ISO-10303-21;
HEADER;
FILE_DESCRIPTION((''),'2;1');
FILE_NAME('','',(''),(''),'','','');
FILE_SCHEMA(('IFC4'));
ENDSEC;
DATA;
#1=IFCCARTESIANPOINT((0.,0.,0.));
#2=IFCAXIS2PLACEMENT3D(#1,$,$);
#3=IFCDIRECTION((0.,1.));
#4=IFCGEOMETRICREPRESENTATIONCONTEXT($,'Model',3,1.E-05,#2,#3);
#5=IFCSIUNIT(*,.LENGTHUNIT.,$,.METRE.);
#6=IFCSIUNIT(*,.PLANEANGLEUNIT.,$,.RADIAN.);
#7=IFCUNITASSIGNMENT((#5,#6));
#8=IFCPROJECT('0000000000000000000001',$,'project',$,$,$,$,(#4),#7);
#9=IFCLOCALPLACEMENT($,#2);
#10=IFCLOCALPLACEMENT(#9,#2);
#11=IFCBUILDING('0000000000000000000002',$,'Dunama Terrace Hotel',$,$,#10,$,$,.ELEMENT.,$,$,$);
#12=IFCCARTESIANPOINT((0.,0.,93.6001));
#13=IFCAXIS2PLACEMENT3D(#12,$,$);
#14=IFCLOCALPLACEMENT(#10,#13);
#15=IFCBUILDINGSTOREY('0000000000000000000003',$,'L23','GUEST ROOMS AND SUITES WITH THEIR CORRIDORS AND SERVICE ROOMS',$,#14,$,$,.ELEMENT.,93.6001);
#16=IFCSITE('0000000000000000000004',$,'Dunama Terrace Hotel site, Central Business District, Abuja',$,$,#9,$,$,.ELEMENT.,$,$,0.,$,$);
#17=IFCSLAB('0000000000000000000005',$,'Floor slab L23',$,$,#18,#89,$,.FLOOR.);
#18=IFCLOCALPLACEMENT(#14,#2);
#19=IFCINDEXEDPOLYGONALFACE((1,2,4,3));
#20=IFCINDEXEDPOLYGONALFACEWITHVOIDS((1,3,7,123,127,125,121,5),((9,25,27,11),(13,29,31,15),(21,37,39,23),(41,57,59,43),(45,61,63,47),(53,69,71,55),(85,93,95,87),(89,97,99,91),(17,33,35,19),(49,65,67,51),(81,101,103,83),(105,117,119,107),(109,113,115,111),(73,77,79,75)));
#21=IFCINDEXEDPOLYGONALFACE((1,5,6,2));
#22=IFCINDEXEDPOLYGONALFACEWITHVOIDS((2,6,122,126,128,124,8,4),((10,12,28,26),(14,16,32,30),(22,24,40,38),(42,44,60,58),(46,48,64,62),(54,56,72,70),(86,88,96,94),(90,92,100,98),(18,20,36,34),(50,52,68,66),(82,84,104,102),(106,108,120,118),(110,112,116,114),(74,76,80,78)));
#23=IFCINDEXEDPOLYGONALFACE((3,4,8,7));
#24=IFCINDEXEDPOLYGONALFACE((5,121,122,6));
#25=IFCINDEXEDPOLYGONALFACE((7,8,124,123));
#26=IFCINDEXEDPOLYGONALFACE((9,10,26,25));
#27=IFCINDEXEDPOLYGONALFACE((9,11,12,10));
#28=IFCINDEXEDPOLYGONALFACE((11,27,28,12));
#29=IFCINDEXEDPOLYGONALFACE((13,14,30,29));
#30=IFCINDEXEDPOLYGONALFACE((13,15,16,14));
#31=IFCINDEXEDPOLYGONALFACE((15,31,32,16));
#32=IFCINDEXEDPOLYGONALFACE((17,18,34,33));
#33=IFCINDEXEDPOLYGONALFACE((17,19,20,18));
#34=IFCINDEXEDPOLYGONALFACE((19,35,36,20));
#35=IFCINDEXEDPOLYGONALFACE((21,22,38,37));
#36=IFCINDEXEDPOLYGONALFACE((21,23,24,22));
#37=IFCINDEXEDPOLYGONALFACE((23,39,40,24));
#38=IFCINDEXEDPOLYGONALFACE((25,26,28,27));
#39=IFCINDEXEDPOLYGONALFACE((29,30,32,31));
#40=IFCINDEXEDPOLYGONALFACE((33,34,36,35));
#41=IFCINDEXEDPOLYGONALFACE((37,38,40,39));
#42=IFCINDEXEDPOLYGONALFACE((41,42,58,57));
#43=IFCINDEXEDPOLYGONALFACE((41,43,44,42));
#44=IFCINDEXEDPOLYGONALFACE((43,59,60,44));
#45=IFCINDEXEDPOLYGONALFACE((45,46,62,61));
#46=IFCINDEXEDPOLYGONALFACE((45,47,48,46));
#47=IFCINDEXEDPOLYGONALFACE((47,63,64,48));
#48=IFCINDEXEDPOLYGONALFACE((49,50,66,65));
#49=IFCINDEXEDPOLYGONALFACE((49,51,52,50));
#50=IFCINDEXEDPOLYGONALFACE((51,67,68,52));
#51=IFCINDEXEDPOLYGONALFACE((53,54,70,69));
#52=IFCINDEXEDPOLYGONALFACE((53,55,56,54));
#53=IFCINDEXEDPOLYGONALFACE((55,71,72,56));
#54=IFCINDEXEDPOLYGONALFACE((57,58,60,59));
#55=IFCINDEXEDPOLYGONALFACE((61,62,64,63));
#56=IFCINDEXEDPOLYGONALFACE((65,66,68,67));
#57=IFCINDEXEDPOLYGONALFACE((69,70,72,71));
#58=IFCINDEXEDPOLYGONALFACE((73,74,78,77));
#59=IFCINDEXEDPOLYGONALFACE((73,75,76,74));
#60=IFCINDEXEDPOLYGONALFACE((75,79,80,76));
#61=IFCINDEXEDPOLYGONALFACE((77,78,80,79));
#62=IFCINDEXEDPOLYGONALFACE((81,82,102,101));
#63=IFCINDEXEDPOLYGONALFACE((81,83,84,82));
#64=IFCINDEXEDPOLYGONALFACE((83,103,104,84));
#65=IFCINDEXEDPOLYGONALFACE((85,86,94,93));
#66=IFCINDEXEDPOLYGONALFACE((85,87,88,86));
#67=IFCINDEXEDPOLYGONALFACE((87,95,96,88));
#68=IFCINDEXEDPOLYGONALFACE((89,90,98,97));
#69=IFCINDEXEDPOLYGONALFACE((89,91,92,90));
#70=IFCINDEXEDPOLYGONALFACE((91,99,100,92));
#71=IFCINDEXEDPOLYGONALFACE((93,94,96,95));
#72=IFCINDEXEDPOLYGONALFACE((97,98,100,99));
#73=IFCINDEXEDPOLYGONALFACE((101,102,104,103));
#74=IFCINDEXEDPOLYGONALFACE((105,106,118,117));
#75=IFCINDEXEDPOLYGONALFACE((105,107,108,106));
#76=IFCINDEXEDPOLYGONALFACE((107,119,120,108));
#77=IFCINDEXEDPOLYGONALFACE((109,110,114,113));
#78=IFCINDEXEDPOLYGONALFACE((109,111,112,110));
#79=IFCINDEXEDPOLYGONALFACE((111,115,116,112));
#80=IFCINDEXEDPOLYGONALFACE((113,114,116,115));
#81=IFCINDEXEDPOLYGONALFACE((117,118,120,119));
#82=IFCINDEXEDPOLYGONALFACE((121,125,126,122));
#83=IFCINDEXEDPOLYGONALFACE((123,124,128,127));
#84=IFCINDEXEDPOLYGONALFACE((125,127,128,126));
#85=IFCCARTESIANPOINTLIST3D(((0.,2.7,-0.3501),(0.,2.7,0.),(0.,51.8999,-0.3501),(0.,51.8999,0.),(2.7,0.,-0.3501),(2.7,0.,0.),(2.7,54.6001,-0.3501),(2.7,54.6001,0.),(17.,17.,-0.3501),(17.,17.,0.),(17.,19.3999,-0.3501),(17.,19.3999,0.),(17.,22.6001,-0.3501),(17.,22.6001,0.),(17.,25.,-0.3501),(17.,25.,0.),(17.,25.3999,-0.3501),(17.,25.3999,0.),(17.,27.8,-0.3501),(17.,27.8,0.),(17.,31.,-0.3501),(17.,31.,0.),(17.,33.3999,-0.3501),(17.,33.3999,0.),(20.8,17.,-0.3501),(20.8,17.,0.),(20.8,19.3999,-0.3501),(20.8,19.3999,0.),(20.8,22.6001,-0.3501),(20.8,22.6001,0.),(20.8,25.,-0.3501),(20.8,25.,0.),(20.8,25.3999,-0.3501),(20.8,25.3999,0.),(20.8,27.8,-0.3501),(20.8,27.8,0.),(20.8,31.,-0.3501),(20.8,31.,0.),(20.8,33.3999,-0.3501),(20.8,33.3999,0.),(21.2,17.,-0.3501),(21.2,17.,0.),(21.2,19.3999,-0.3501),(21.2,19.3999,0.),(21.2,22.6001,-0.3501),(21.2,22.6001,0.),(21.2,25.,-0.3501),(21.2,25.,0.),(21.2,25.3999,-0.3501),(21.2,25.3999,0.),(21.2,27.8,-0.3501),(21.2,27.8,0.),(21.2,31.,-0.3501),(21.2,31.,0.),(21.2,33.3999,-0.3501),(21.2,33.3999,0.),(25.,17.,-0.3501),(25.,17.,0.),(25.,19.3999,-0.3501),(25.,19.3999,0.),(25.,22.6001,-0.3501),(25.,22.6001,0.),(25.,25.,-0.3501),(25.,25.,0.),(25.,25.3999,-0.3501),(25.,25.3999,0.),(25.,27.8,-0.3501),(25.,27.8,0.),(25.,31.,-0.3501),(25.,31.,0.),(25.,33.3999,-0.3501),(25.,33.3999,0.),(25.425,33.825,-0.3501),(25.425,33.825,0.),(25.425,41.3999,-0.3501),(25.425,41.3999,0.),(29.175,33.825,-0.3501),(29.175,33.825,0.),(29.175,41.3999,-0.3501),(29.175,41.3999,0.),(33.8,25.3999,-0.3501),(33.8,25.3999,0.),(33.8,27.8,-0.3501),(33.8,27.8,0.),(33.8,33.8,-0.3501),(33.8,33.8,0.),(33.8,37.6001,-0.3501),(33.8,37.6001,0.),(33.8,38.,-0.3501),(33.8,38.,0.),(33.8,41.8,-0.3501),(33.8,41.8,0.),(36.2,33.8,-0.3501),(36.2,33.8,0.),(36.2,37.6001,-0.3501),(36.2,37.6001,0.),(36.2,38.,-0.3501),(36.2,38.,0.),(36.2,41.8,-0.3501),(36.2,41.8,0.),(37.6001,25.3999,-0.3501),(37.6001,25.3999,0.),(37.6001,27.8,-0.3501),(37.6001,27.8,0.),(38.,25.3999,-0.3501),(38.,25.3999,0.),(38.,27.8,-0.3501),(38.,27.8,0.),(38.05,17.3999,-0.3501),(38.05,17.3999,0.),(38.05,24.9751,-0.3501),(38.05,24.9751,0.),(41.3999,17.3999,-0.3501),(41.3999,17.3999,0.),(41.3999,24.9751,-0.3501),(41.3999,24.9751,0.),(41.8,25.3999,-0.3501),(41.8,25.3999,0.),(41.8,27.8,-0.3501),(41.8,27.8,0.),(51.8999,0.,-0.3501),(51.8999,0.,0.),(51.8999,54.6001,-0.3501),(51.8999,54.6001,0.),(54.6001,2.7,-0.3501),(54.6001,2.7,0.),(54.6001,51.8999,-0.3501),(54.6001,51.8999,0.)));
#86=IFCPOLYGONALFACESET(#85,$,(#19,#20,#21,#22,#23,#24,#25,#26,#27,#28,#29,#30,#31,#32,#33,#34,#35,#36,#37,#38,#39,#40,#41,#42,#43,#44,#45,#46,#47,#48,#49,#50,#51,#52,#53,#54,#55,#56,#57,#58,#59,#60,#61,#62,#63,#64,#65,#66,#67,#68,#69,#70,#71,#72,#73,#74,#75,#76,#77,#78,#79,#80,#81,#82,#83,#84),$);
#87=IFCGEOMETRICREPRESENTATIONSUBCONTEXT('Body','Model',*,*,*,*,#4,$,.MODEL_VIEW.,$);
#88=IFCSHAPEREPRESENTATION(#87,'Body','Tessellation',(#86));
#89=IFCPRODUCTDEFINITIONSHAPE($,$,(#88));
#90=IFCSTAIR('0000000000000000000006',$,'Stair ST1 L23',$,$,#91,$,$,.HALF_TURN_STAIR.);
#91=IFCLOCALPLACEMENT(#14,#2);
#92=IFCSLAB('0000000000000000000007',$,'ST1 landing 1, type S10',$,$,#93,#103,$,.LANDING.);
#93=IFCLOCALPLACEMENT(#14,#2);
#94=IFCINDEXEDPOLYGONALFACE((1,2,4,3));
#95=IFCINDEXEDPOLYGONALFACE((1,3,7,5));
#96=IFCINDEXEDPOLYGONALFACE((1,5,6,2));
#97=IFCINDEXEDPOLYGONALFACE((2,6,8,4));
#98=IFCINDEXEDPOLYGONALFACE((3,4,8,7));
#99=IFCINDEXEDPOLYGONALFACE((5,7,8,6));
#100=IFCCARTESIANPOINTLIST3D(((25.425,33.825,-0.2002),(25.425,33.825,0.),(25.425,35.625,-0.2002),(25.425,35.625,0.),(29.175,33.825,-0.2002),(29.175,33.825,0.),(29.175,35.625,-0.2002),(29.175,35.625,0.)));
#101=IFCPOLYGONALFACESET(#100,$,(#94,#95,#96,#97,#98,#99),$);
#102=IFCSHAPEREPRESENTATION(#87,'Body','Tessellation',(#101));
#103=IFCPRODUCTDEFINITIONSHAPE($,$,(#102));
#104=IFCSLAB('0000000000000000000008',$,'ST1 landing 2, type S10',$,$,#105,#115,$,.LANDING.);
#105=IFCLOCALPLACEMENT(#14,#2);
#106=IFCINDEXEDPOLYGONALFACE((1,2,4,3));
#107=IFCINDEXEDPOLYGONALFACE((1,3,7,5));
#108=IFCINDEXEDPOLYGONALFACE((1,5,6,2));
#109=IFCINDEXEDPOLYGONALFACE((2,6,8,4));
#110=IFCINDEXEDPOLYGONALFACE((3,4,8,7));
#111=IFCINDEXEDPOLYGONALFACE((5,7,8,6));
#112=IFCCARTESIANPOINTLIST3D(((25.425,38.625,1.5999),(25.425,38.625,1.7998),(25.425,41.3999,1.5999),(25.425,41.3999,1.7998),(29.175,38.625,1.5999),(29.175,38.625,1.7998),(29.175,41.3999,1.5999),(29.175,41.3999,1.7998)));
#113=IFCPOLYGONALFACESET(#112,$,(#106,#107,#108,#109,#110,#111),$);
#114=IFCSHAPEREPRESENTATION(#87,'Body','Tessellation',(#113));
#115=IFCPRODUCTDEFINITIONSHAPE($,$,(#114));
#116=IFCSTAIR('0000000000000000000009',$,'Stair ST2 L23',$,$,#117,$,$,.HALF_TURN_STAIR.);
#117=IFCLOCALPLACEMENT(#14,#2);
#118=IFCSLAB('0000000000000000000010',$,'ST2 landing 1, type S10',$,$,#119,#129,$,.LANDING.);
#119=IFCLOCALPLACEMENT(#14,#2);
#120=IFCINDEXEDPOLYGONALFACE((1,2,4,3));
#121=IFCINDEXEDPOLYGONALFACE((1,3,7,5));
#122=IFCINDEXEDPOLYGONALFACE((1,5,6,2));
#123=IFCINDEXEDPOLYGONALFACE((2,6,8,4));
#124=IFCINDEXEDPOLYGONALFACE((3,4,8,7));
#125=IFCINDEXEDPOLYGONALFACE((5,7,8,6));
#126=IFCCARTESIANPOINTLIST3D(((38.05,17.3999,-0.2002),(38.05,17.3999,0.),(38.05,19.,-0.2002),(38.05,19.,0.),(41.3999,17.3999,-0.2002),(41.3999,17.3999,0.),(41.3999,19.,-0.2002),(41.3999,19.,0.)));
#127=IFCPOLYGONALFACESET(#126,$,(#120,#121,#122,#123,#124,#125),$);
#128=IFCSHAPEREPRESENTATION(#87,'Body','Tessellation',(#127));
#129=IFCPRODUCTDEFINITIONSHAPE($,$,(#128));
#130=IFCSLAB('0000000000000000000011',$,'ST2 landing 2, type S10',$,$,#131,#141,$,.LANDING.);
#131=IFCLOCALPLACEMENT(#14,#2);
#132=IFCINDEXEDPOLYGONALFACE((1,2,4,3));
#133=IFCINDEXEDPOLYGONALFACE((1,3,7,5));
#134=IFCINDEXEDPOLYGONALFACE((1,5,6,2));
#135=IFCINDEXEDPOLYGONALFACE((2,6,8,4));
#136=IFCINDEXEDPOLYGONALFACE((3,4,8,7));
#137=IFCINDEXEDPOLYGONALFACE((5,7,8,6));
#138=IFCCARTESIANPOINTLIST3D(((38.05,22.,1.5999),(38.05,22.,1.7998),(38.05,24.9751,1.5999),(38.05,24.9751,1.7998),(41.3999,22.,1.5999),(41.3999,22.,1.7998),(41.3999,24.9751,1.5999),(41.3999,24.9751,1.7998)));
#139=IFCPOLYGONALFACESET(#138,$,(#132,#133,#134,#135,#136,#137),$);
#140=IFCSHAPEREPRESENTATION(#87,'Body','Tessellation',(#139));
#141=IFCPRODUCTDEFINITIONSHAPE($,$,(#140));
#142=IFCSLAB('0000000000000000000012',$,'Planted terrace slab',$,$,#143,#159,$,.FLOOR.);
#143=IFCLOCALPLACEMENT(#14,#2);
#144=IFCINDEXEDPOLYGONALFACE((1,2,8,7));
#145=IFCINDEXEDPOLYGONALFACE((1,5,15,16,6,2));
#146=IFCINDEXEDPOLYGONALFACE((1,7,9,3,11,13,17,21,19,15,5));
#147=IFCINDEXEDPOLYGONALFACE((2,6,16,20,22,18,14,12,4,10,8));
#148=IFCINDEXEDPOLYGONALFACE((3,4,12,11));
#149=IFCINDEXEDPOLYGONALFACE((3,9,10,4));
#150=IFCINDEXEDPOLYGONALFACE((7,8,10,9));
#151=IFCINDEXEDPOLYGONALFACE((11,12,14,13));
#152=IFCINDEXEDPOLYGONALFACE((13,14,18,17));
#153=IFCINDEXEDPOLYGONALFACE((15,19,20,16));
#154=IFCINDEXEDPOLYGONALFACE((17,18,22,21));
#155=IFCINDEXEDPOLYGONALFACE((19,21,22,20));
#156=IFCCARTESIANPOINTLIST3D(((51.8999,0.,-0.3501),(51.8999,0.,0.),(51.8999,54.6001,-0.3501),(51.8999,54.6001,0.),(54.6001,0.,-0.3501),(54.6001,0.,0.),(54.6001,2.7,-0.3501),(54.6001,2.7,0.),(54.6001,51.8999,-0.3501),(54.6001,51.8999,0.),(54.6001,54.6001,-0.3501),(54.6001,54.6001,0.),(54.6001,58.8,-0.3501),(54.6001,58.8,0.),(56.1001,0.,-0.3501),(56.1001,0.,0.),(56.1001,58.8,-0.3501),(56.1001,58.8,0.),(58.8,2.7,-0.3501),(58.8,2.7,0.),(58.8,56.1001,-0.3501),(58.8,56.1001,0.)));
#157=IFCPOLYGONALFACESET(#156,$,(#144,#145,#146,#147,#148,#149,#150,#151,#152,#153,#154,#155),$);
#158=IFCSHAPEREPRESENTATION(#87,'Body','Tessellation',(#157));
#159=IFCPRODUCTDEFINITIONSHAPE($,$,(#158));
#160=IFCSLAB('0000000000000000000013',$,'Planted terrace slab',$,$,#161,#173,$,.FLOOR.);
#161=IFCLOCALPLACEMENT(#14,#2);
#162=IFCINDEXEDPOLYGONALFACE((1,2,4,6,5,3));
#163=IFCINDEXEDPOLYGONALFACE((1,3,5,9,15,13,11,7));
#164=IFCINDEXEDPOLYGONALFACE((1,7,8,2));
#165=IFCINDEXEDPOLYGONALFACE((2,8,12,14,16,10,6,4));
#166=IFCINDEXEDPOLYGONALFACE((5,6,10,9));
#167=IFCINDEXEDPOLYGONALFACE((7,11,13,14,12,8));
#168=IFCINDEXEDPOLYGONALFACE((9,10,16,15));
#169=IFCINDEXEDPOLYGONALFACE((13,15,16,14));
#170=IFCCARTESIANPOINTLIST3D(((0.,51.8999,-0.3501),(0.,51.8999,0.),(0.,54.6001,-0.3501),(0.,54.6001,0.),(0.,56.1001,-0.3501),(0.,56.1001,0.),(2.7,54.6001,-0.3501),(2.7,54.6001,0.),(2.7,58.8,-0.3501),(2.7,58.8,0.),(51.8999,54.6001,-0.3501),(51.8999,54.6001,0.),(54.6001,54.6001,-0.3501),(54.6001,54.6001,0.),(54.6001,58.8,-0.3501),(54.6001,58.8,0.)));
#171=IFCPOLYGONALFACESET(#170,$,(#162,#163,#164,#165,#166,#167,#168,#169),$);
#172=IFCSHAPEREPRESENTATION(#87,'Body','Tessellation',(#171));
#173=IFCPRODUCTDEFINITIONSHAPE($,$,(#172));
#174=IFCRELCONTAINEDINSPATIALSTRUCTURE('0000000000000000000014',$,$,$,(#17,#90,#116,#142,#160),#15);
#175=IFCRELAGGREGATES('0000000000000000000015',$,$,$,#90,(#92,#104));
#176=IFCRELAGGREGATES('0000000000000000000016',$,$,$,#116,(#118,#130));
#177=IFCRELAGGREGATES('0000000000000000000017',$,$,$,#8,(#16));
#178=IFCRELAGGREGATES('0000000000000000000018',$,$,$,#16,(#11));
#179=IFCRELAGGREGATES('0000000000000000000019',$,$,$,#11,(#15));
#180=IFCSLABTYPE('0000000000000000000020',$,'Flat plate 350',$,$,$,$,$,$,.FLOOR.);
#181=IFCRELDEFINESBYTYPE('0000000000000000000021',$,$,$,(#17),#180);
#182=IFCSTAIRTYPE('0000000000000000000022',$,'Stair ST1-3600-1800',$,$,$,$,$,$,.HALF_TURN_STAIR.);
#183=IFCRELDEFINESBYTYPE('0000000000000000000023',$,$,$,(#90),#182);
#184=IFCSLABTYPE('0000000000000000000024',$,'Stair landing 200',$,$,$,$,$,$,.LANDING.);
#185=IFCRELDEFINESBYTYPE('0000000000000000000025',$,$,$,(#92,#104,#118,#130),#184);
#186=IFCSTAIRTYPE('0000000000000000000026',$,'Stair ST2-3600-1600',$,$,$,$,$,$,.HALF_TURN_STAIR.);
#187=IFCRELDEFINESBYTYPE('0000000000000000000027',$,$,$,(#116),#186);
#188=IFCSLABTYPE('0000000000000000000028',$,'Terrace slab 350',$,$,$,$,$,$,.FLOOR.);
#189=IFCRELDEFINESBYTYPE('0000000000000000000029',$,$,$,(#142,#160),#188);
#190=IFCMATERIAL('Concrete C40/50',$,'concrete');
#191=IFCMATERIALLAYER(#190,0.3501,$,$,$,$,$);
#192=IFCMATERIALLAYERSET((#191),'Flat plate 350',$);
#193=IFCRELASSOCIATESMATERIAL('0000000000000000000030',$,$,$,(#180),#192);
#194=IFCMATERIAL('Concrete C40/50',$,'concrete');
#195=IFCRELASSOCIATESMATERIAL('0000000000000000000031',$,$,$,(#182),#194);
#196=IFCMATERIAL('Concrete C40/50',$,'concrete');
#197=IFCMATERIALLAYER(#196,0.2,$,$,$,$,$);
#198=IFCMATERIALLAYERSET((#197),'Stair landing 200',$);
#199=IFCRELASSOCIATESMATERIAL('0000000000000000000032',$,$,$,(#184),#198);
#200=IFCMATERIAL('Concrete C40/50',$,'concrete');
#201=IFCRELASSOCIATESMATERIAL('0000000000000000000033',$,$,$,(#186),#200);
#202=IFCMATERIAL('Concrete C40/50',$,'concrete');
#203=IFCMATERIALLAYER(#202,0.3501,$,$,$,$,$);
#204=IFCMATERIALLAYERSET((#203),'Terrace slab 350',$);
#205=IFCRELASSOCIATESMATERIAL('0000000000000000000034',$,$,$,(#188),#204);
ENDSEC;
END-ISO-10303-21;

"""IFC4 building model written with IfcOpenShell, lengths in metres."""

from ifc_helpers import new_model, si_unit, direction, frame, origin, place, context, subcontext, project, spatial, polyline, outline, extrude, material, layer, layer_set, type_object, element, aggregate, save


model = new_model("IFC4")

# Units and contexts
model_context = context("Model", 3, precision=1e-05, world=origin(), true_north=direction((0.0, 1.0)))
body_context = subcontext(model_context, "Body", "Model", "MODEL_VIEW")
ifc_project = project(units=[si_unit("LENGTHUNIT", "METRE"), si_unit("PLANEANGLEUNIT", "RADIAN")], contexts=[model_context])

# Site, building, storey
site_placement = place(None, origin())
site = spatial("IfcSite", under=ifc_project, at=site_placement, Name="Dunama Terrace Hotel site, Central Business District, Abuja", CompositionType="ELEMENT", RefElevation=0.0)
building_placement = place(site_placement, origin())
building = spatial("IfcBuilding", under=site, at=building_placement, Name="Dunama Terrace Hotel", CompositionType="ELEMENT")
storey_placement = place(building_placement, frame((0.0, 0.0, 93.6001)))
storey = spatial("IfcBuildingStorey", under=building, at=storey_placement, Name="L23", Description="GUEST ROOMS AND SUITES WITH THEIR CORRIDORS AND SERVICE ROOMS", CompositionType="ELEMENT", Elevation=93.6001)

# Slab
ifc_material_1 = material(Name="Concrete C40/50", Category="concrete")
ifc_layer_1 = layer(ifc_material_1, 0.3501)
ifc_layer_set_1 = layer_set([ifc_layer_1], Name="Flat plate 350")
slab_type_1 = type_object("IfcSlabType", Name="Flat plate 350", PredefinedType="FLOOR", material=ifc_layer_set_1)
slab_1_placement = place(storey_placement, frame((0.0, 0.0, -0.3501)))
element("IfcSlab", 1, at=slab_1_placement, inside=storey, type_object=slab_type_1, Name="Floor slab L23", PredefinedType="FLOOR", context=body_context, shape_type="SweptSolid", body=[
    extrude(outline(polyline([(2.7, 0.0), (51.8999, 0.0), (54.6001, 2.7), (54.6001, 51.8999), (51.8999, 54.6001), (2.7, 54.6001), (0.0, 51.8999), (0.0, 2.7), (2.7, 0.0)]), holes=[polyline([(37.6001, 25.3999), (37.6001, 27.8), (33.8, 27.8), (33.8, 25.3999), (37.6001, 25.3999)]), polyline([(41.8, 25.3999), (41.8, 27.8), (38.0, 27.8), (38.0, 25.3999), (41.8, 25.3999)]), polyline([(20.8, 17.0), (20.8, 19.3999), (17.0, 19.3999), (17.0, 17.0), (20.8, 17.0)]), polyline([(25.0, 17.0), (25.0, 19.3999), (21.2, 19.3999), (21.2, 17.0), (25.0, 17.0)]), polyline([(20.8, 22.6001), (20.8, 25.0), (17.0, 25.0), (17.0, 22.6001), (20.8, 22.6001)]), polyline([(25.0, 22.6001), (25.0, 25.0), (21.2, 25.0), (21.2, 22.6001), (25.0, 22.6001)]), polyline([(20.8, 25.3999), (20.8, 27.8), (17.0, 27.8), (17.0, 25.3999), (20.8, 25.3999)]), polyline([(25.0, 25.3999), (25.0, 27.8), (21.2, 27.8), (21.2, 25.3999), (25.0, 25.3999)]), polyline([(20.8, 31.0), (20.8, 33.3999), (17.0, 33.3999), (17.0, 31.0), (20.8, 31.0)]), polyline([(25.0, 31.0), (25.0, 33.3999), (21.2, 33.3999), (21.2, 31.0), (25.0, 31.0)]), polyline([(36.2, 38.0), (36.2, 41.8), (33.8, 41.8), (33.8, 38.0), (36.2, 38.0)]), polyline([(36.2, 33.8), (36.2, 37.6001), (33.8, 37.6001), (33.8, 33.8), (36.2, 33.8)]), polyline([(29.175, 33.825), (29.175, 41.3999), (25.425, 41.3999), (25.425, 33.825), (29.175, 33.825)]), polyline([(41.3999, 17.3999), (41.3999, 24.9751), (38.05, 24.9751), (38.05, 17.3999), (41.3999, 17.3999)])]), origin(), (0.0, 0.0, 1.0), 0.3501),
])

# Stairs, slabs
ifc_material_2 = material(Name="Concrete C40/50", Category="concrete")
stair_type_1 = type_object("IfcStairType", Name="Stair ST1-3600-1800", PredefinedType="HALF_TURN_STAIR", material=ifc_material_2)
stair_1_placement = place(storey_placement, origin())
stair_1 = element("IfcStair", 2, at=stair_1_placement, inside=storey, type_object=stair_type_1, Name="Stair ST1 L23", PredefinedType="HALF_TURN_STAIR")
ifc_material_3 = material(Name="Concrete C40/50", Category="concrete")
ifc_layer_2 = layer(ifc_material_3, 0.2)
ifc_layer_set_2 = layer_set([ifc_layer_2], Name="Stair landing 200")
slab_type_2 = type_object("IfcSlabType", Name="Stair landing 200", PredefinedType="LANDING", material=ifc_layer_set_2)
slab_2_placement = place(storey_placement, frame((0.0, 0.0, -0.2002)))
slab_2 = element("IfcSlab", 3, at=slab_2_placement, type_object=slab_type_2, Name="ST1 landing 1, type S10", PredefinedType="LANDING", context=body_context, shape_type="SweptSolid", body=[
    extrude(outline(polyline([(25.425, 33.825), (29.175, 33.825), (29.175, 35.625), (25.425, 35.625), (25.425, 33.825)])), origin(), (0.0, 0.0, 1.0), 0.2002),
])
slab_3_placement = place(storey_placement, frame((0.0, 0.0, 1.5999)))
slab_3 = element("IfcSlab", 4, at=slab_3_placement, type_object=slab_type_2, Name="ST1 landing 2, type S10", PredefinedType="LANDING", context=body_context, shape_type="SweptSolid", body=[
    extrude(outline(polyline([(25.425, 38.625), (29.175, 38.625), (29.175, 41.3999), (25.425, 41.3999), (25.425, 38.625)])), origin(), (0.0, 0.0, 1.0), 0.2),
])
aggregate(stair_1, [slab_2, slab_3])
ifc_material_4 = material(Name="Concrete C40/50", Category="concrete")
stair_type_2 = type_object("IfcStairType", Name="Stair ST2-3600-1600", PredefinedType="HALF_TURN_STAIR", material=ifc_material_4)
stair_2_placement = place(storey_placement, origin())
stair_2 = element("IfcStair", 5, at=stair_2_placement, inside=storey, type_object=stair_type_2, Name="Stair ST2 L23", PredefinedType="HALF_TURN_STAIR")
slab_4_placement = place(storey_placement, frame((0.0, 0.0, -0.2002)))
slab_4 = element("IfcSlab", 6, at=slab_4_placement, type_object=slab_type_2, Name="ST2 landing 1, type S10", PredefinedType="LANDING", context=body_context, shape_type="SweptSolid", body=[
    extrude(outline(polyline([(38.05, 17.3999), (41.3999, 17.3999), (41.3999, 19.0), (38.05, 19.0), (38.05, 17.3999)])), origin(), (0.0, 0.0, 1.0), 0.2002),
])
slab_5_placement = place(storey_placement, frame((0.0, 0.0, 1.5999)))
slab_5 = element("IfcSlab", 7, at=slab_5_placement, type_object=slab_type_2, Name="ST2 landing 2, type S10", PredefinedType="LANDING", context=body_context, shape_type="SweptSolid", body=[
    extrude(outline(polyline([(38.05, 22.0), (41.3999, 22.0), (41.3999, 24.9751), (38.05, 24.9751), (38.05, 22.0)])), origin(), (0.0, 0.0, 1.0), 0.2),
])
aggregate(stair_2, [slab_4, slab_5])

# Slabs
ifc_material_5 = material(Name="Concrete C40/50", Category="concrete")
ifc_layer_3 = layer(ifc_material_5, 0.3501)
ifc_layer_set_3 = layer_set([ifc_layer_3], Name="Terrace slab 350")
slab_type_3 = type_object("IfcSlabType", Name="Terrace slab 350", PredefinedType="FLOOR", material=ifc_layer_set_3)
slab_6_placement = place(storey_placement, frame((0.0, 0.0, -0.3501)))
element("IfcSlab", 8, at=slab_6_placement, inside=storey, type_object=slab_type_3, Name="Planted terrace slab", PredefinedType="FLOOR", context=body_context, shape_type="SweptSolid", body=[
    extrude(outline(polyline([(58.8, 2.7), (56.1001, 0.0), (54.6001, 0.0), (51.8999, 0.0), (54.6001, 2.7), (54.6001, 51.8999), (51.8999, 54.6001), (54.6001, 54.6001), (54.6001, 58.8), (56.1001, 58.8), (58.8, 56.1001), (58.8, 2.7)])), origin(), (0.0, 0.0, 1.0), 0.3501),
])
slab_7_placement = place(storey_placement, frame((0.0, 0.0, -0.3501)))
element("IfcSlab", 9, at=slab_7_placement, inside=storey, type_object=slab_type_3, Name="Planted terrace slab", PredefinedType="FLOOR", context=body_context, shape_type="SweptSolid", body=[
    extrude(outline(polyline([(51.8999, 54.6001), (2.7, 54.6001), (0.0, 51.8999), (0.0, 54.6001), (0.0, 56.1001), (2.7, 58.8), (54.6001, 58.8), (54.6001, 54.6001), (51.8999, 54.6001)])), origin(), (0.0, 0.0, 1.0), 0.3501),
])

save(model, "model.ifc")
